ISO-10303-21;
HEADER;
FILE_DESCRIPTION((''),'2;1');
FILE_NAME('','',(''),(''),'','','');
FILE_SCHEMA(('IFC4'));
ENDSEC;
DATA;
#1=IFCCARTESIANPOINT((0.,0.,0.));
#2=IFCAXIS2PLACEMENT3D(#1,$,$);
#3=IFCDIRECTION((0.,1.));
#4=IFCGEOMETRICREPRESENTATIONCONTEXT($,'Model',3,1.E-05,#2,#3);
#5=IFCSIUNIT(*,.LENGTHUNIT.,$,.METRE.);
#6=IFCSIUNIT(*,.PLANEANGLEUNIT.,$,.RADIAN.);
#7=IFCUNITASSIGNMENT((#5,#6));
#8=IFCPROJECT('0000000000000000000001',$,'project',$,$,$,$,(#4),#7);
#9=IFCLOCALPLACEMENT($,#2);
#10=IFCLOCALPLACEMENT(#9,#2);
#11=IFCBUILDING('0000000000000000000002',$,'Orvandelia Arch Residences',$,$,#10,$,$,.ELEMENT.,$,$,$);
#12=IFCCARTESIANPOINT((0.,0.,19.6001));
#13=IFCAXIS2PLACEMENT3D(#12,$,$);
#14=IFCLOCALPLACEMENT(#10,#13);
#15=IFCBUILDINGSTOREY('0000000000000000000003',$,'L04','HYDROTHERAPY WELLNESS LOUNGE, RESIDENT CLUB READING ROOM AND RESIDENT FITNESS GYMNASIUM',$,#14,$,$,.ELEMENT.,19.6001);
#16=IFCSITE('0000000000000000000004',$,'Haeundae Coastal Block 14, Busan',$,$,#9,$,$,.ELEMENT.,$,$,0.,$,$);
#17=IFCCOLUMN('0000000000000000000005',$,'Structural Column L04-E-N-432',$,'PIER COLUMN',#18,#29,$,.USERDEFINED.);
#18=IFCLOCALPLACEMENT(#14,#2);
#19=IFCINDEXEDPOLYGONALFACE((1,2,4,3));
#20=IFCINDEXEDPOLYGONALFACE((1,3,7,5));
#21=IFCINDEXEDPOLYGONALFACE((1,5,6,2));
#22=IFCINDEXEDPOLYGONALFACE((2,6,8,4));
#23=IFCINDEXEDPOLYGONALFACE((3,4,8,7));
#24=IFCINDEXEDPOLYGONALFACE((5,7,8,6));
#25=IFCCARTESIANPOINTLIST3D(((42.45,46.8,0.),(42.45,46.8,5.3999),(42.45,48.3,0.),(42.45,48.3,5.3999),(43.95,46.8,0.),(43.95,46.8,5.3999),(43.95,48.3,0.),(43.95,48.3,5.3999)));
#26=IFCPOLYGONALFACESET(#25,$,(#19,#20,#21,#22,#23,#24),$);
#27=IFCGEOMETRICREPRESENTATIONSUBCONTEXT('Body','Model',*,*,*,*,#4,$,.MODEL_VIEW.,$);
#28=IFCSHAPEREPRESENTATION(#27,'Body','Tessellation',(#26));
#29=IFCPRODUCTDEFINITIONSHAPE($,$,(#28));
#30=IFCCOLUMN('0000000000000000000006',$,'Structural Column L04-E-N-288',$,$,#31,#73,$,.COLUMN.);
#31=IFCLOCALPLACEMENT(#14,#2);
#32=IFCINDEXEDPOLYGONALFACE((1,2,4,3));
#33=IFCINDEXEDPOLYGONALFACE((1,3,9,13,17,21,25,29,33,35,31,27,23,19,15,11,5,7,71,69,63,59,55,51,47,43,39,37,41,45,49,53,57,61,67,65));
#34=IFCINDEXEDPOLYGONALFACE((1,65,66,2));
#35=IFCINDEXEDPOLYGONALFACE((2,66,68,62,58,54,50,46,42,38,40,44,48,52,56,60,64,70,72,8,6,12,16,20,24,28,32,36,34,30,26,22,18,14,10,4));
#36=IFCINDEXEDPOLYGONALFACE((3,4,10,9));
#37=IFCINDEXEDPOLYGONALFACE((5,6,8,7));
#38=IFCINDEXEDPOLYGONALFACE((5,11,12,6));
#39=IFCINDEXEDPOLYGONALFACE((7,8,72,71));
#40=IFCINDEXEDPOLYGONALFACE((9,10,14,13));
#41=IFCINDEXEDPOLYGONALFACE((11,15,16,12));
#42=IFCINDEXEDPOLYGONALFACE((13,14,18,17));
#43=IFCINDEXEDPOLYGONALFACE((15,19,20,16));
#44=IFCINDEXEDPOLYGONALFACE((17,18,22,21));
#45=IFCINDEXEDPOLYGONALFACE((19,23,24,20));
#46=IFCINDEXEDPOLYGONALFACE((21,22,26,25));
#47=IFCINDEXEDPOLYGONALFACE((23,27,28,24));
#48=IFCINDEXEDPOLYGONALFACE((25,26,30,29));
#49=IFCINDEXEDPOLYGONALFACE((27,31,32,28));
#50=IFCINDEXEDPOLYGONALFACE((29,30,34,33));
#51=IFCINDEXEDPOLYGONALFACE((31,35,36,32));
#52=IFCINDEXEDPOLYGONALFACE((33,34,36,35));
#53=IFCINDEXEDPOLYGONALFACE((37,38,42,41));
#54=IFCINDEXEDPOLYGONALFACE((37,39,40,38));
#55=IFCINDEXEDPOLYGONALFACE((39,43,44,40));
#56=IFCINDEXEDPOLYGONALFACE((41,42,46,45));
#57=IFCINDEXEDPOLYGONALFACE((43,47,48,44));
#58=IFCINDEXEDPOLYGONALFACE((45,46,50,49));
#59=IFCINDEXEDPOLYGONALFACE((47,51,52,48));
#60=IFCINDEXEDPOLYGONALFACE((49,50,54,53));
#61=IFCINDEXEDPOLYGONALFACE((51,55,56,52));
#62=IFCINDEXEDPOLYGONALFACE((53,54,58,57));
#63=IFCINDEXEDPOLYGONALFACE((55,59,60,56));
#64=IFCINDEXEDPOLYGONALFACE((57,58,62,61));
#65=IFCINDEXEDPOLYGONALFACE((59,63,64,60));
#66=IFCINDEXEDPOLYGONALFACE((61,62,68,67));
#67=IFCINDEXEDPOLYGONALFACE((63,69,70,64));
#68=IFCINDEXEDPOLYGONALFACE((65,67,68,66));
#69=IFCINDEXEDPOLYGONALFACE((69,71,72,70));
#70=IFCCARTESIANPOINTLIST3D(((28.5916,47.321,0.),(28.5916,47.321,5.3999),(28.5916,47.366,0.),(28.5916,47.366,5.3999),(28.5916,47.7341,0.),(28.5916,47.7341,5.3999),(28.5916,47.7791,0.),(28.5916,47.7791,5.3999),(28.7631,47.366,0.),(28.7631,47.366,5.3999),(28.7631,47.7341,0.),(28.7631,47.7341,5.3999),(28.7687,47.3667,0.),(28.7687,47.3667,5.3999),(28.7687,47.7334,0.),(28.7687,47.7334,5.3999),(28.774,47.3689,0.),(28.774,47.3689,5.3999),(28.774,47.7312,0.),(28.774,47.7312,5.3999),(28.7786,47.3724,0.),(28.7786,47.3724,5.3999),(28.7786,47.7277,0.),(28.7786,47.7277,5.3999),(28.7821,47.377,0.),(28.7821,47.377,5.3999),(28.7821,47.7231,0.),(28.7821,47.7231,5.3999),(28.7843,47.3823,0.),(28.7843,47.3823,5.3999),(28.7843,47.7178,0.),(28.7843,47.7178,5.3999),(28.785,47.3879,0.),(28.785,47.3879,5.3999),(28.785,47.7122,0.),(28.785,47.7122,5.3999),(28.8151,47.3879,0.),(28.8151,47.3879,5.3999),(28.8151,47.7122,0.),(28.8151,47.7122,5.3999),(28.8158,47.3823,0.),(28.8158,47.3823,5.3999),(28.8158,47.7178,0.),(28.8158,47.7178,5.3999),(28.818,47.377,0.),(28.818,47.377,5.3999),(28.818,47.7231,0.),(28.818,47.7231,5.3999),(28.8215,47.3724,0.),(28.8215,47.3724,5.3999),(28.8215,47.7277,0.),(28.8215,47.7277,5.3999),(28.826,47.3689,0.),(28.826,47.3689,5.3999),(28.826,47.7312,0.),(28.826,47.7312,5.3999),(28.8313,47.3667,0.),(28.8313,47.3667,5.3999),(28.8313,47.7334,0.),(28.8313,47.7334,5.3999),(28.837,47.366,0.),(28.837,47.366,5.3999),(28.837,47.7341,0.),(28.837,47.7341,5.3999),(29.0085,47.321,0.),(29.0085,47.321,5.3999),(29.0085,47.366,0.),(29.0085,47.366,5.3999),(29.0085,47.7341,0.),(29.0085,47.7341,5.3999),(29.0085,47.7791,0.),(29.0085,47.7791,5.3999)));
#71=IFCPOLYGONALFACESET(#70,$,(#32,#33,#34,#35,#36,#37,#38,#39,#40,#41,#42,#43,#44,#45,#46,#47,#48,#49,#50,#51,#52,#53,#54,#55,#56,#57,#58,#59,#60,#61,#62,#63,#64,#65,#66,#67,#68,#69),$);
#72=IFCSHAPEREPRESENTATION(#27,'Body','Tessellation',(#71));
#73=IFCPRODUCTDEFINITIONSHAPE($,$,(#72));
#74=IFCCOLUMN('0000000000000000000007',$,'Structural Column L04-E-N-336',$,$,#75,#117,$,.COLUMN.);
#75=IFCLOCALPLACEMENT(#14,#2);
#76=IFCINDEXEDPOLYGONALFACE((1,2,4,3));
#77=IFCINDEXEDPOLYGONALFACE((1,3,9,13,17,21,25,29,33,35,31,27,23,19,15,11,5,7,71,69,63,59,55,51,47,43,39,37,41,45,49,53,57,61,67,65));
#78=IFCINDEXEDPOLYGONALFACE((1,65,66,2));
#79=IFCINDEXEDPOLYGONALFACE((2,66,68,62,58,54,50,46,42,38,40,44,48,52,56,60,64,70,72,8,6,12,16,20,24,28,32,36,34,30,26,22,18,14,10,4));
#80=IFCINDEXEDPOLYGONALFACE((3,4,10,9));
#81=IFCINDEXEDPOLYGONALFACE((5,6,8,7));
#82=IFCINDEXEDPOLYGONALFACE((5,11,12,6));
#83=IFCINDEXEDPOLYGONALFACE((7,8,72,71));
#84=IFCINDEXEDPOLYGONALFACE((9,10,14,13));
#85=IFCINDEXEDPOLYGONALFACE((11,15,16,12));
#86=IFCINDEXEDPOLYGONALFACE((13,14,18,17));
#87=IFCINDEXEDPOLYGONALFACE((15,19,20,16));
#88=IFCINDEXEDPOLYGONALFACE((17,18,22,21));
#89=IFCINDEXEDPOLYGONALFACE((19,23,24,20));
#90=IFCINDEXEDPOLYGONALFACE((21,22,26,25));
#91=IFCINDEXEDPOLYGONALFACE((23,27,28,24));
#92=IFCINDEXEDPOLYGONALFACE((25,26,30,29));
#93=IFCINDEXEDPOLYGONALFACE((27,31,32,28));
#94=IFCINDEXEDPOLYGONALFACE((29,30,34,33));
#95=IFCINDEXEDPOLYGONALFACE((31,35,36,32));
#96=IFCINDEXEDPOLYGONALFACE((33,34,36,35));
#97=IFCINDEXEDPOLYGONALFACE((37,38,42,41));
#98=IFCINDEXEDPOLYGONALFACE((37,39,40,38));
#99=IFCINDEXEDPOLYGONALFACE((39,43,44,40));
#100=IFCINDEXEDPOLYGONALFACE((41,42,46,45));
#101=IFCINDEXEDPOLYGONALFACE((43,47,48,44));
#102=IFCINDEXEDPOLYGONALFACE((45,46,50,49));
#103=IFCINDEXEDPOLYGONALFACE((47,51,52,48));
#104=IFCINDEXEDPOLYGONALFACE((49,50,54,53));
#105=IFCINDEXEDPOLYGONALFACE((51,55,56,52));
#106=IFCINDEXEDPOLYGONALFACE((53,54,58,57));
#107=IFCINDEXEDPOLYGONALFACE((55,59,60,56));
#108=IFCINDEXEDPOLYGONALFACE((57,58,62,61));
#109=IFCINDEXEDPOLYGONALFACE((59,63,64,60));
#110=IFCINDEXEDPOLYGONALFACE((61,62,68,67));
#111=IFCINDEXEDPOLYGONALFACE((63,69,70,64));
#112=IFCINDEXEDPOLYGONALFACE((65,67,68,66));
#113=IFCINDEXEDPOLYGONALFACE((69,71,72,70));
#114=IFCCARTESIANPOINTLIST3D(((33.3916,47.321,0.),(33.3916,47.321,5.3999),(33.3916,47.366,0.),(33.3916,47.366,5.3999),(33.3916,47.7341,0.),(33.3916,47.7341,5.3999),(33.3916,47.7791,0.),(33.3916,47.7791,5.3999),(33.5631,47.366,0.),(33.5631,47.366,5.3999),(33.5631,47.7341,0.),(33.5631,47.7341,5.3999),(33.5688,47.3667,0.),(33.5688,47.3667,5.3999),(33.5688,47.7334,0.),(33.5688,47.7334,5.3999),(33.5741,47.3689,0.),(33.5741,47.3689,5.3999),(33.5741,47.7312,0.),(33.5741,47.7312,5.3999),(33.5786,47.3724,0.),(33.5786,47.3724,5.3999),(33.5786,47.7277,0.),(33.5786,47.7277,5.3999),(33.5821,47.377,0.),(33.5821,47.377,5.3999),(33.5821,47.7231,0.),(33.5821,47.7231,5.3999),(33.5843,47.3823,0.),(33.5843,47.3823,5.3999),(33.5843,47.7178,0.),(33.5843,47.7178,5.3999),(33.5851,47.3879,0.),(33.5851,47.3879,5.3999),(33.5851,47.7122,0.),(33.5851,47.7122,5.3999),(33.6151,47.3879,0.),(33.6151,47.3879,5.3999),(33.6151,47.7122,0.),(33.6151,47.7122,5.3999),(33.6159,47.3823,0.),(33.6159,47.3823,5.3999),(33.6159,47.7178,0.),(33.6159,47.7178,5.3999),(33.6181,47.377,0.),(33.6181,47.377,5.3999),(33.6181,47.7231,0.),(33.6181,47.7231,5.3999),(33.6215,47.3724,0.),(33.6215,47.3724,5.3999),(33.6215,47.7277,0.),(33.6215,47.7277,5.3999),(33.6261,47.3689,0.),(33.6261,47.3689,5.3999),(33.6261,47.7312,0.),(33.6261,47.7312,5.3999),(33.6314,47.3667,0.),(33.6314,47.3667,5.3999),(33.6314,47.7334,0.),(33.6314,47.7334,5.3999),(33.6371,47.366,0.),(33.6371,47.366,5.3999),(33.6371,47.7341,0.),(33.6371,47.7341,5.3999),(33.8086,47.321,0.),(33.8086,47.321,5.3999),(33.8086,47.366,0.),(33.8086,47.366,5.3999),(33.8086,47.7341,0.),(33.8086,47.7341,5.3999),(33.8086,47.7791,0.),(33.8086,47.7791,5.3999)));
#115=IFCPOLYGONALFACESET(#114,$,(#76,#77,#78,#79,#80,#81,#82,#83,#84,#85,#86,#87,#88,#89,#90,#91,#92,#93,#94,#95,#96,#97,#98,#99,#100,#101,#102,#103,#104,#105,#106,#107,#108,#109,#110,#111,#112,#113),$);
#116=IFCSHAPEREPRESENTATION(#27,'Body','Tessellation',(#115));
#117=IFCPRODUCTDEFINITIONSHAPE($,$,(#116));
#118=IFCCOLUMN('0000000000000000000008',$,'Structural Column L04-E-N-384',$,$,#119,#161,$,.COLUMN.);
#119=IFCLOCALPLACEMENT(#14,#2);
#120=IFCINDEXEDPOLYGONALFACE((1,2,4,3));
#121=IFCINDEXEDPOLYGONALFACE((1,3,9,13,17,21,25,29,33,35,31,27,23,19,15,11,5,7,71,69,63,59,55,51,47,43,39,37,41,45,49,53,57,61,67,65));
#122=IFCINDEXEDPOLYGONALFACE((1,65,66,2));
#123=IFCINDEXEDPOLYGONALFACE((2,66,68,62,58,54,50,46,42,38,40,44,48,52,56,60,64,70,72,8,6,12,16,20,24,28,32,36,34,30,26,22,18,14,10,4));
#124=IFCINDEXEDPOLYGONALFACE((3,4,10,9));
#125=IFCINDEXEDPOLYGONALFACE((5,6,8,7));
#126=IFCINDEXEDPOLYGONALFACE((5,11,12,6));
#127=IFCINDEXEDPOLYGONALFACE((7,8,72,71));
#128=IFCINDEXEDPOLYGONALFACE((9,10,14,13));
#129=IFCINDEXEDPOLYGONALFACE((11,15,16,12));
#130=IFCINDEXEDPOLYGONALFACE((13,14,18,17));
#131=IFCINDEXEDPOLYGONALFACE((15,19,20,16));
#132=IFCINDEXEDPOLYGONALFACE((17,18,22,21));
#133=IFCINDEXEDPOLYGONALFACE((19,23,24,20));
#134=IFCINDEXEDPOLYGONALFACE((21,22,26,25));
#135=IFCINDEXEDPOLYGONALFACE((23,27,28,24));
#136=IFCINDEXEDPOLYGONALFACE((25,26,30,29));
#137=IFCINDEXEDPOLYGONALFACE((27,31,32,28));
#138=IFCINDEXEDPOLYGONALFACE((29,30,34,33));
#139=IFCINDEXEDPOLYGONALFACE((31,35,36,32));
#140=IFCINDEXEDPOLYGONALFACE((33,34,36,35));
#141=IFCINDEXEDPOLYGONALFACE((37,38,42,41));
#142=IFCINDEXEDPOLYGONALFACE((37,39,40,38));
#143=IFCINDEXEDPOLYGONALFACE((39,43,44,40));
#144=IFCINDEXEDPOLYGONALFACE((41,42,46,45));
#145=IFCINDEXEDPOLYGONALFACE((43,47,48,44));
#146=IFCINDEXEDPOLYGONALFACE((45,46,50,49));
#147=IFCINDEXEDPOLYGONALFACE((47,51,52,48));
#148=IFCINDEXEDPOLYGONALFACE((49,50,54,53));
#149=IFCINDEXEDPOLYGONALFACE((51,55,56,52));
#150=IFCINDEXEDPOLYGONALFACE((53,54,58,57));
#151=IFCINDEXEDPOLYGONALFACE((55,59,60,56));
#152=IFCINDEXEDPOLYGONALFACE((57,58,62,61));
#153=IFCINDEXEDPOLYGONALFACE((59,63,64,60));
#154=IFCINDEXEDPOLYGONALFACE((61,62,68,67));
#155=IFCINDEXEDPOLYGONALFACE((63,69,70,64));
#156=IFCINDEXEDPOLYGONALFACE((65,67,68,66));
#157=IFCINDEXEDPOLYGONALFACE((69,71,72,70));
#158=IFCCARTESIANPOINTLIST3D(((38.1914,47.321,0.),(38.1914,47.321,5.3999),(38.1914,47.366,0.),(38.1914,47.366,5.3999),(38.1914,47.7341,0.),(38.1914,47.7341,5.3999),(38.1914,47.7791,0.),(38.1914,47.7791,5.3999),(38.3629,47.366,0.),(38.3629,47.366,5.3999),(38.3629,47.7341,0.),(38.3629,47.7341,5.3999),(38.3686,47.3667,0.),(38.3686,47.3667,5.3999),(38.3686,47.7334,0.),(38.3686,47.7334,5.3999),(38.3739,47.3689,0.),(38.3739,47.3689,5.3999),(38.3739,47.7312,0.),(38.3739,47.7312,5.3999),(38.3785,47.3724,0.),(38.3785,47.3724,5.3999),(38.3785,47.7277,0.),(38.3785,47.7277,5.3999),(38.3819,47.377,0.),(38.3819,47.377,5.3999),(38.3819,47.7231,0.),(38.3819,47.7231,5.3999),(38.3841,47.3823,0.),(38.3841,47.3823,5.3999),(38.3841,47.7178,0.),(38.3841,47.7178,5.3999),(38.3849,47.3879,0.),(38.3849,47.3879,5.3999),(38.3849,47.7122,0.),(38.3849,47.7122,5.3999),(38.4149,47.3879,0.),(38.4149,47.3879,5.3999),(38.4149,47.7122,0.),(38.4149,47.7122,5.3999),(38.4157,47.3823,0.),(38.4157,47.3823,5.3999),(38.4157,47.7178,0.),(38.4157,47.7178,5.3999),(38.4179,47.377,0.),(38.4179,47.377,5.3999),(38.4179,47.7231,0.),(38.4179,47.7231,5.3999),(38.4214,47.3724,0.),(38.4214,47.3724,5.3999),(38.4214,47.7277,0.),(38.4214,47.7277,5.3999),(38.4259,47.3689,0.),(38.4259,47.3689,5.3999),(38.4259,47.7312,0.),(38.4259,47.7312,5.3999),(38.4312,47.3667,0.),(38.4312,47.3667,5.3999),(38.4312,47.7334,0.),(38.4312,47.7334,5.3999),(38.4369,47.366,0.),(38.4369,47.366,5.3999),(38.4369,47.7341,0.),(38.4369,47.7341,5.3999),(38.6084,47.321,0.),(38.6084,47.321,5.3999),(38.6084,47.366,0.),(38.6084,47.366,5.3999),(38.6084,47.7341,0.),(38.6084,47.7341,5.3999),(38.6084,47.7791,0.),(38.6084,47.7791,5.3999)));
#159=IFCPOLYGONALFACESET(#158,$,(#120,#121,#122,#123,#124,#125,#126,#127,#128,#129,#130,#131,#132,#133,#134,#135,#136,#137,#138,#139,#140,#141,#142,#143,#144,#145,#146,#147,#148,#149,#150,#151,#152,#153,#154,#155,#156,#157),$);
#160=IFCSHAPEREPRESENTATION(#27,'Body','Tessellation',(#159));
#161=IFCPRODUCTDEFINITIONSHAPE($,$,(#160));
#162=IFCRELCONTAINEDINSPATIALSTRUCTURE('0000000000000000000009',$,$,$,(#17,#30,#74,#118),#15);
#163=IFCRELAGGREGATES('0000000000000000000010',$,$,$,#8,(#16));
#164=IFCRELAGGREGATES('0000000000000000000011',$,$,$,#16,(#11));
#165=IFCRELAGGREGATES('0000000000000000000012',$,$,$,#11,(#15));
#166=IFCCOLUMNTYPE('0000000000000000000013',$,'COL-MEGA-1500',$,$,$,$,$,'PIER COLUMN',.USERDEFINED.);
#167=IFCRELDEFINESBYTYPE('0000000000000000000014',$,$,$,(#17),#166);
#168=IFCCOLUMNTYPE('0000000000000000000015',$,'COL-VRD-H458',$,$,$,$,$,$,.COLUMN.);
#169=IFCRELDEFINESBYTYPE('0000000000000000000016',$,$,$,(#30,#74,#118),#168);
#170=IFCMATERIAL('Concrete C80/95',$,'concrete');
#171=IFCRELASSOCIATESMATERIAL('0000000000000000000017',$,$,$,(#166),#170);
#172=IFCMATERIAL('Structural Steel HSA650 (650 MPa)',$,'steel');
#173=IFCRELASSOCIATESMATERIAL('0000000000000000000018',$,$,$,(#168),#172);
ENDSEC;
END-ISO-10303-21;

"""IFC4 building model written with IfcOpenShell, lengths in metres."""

from ifc_helpers import new_model, si_unit, direction, frame, origin, origin_2d, place, context, subcontext, project, spatial, rectangle, i_section, extrude, material, material_profile, profile_set, type_object, element, save


model = new_model("IFC4")

# Units and contexts
model_context = context("Model", 3, precision=1e-05, world=origin(), true_north=direction((0.0, 1.0)))
body_context = subcontext(model_context, "Body", "Model", "MODEL_VIEW")
ifc_project = project(units=[si_unit("LENGTHUNIT", "METRE"), si_unit("PLANEANGLEUNIT", "RADIAN")], contexts=[model_context])

# Site, building, storey
site_placement = place(None, origin())
site = spatial("IfcSite", under=ifc_project, at=site_placement, Name="Haeundae Coastal Block 14, Busan", CompositionType="ELEMENT", RefElevation=0.0)
building_placement = place(site_placement, origin())
building = spatial("IfcBuilding", under=site, at=building_placement, Name="Orvandelia Arch Residences", CompositionType="ELEMENT")
storey_placement = place(building_placement, frame((0.0, 0.0, 19.6001)))
storey = spatial("IfcBuildingStorey", under=building, at=storey_placement, Name="L04", Description="HYDROTHERAPY WELLNESS LOUNGE, RESIDENT CLUB READING ROOM AND RESIDENT FITNESS GYMNASIUM", CompositionType="ELEMENT", Elevation=19.6001)

# Columns
ifc_material_1 = material(Name="Concrete C80/95", Category="concrete")
ifc_material_profile_1 = material_profile(ifc_material_1, rectangle(XDim=1.5, YDim=1.5, at=origin_2d()), Name="Concrete C80/95", Category="concrete")
ifc_profile_set_1 = profile_set([ifc_material_profile_1], Name="Concrete C80/95")
column_type_1 = type_object("IfcColumnType", Name="COL-MEGA-1500", ElementType="PIER COLUMN", PredefinedType="USERDEFINED", material=ifc_profile_set_1)
column_placement = place(storey_placement, frame((43.2, 47.55, 0.0), z_axis=(0.0, 0.0, 1.0), x_axis=(1.0, 0.0, 0.0)))
element("IfcColumn", 1, at=column_placement, inside=storey, type_object=column_type_1, Name="Structural Column L04-E-N-432", ObjectType="PIER COLUMN", PredefinedType="USERDEFINED", context=body_context, shape_type="SweptSolid", body=[
    extrude(rectangle(XDim=1.5, YDim=1.5, at=origin_2d()), origin(), (0.0, 0.0, 1.0), 5.3999),
])
ifc_material_2 = material(Name="Structural Steel HSA650 (650 MPa)", Category="steel")
ifc_material_profile_2 = material_profile(ifc_material_2, i_section(OverallWidth=0.417, OverallDepth=0.458, WebThickness=0.03, FlangeThickness=0.0449, FilletRadius=0.022, at=origin_2d()), Name="Structural Steel HSA650 (650 MPa)", Category="steel")
ifc_profile_set_2 = profile_set([ifc_material_profile_2], Name="Structural Steel HSA650 (650 MPa)")
column_type_2 = type_object("IfcColumnType", Name="COL-VRD-H458", PredefinedType="COLUMN", material=ifc_profile_set_2)
for number, where, z_axis, x_axis, name in (
    (2, (28.8, 47.55, 0.0), (0.0, 0.0, 1.0), (1.0, 0.0, 0.0), "Structural Column L04-E-N-288"),
    (3, (33.6001, 47.55, 0.0), (0.0, 0.0, 1.0), (1.0, 0.0, 0.0), "Structural Column L04-E-N-336"),
    (4, (38.3999, 47.55, 0.0), (0.0, 0.0, 1.0), (1.0, 0.0, 0.0), "Structural Column L04-E-N-384"),
):
    element("IfcColumn", number, at=place(storey_placement, frame(where, z_axis=z_axis, x_axis=x_axis)), inside=storey, type_object=column_type_2, Name=name, PredefinedType="COLUMN", context=body_context, shape_type="SweptSolid", body=[
        extrude(i_section(OverallWidth=0.417, OverallDepth=0.458, WebThickness=0.03, FlangeThickness=0.0449, FilletRadius=0.022, at=origin_2d()), origin(), (0.0, 0.0, 1.0), 5.3999),
    ])

save(model, "model.ifc")
